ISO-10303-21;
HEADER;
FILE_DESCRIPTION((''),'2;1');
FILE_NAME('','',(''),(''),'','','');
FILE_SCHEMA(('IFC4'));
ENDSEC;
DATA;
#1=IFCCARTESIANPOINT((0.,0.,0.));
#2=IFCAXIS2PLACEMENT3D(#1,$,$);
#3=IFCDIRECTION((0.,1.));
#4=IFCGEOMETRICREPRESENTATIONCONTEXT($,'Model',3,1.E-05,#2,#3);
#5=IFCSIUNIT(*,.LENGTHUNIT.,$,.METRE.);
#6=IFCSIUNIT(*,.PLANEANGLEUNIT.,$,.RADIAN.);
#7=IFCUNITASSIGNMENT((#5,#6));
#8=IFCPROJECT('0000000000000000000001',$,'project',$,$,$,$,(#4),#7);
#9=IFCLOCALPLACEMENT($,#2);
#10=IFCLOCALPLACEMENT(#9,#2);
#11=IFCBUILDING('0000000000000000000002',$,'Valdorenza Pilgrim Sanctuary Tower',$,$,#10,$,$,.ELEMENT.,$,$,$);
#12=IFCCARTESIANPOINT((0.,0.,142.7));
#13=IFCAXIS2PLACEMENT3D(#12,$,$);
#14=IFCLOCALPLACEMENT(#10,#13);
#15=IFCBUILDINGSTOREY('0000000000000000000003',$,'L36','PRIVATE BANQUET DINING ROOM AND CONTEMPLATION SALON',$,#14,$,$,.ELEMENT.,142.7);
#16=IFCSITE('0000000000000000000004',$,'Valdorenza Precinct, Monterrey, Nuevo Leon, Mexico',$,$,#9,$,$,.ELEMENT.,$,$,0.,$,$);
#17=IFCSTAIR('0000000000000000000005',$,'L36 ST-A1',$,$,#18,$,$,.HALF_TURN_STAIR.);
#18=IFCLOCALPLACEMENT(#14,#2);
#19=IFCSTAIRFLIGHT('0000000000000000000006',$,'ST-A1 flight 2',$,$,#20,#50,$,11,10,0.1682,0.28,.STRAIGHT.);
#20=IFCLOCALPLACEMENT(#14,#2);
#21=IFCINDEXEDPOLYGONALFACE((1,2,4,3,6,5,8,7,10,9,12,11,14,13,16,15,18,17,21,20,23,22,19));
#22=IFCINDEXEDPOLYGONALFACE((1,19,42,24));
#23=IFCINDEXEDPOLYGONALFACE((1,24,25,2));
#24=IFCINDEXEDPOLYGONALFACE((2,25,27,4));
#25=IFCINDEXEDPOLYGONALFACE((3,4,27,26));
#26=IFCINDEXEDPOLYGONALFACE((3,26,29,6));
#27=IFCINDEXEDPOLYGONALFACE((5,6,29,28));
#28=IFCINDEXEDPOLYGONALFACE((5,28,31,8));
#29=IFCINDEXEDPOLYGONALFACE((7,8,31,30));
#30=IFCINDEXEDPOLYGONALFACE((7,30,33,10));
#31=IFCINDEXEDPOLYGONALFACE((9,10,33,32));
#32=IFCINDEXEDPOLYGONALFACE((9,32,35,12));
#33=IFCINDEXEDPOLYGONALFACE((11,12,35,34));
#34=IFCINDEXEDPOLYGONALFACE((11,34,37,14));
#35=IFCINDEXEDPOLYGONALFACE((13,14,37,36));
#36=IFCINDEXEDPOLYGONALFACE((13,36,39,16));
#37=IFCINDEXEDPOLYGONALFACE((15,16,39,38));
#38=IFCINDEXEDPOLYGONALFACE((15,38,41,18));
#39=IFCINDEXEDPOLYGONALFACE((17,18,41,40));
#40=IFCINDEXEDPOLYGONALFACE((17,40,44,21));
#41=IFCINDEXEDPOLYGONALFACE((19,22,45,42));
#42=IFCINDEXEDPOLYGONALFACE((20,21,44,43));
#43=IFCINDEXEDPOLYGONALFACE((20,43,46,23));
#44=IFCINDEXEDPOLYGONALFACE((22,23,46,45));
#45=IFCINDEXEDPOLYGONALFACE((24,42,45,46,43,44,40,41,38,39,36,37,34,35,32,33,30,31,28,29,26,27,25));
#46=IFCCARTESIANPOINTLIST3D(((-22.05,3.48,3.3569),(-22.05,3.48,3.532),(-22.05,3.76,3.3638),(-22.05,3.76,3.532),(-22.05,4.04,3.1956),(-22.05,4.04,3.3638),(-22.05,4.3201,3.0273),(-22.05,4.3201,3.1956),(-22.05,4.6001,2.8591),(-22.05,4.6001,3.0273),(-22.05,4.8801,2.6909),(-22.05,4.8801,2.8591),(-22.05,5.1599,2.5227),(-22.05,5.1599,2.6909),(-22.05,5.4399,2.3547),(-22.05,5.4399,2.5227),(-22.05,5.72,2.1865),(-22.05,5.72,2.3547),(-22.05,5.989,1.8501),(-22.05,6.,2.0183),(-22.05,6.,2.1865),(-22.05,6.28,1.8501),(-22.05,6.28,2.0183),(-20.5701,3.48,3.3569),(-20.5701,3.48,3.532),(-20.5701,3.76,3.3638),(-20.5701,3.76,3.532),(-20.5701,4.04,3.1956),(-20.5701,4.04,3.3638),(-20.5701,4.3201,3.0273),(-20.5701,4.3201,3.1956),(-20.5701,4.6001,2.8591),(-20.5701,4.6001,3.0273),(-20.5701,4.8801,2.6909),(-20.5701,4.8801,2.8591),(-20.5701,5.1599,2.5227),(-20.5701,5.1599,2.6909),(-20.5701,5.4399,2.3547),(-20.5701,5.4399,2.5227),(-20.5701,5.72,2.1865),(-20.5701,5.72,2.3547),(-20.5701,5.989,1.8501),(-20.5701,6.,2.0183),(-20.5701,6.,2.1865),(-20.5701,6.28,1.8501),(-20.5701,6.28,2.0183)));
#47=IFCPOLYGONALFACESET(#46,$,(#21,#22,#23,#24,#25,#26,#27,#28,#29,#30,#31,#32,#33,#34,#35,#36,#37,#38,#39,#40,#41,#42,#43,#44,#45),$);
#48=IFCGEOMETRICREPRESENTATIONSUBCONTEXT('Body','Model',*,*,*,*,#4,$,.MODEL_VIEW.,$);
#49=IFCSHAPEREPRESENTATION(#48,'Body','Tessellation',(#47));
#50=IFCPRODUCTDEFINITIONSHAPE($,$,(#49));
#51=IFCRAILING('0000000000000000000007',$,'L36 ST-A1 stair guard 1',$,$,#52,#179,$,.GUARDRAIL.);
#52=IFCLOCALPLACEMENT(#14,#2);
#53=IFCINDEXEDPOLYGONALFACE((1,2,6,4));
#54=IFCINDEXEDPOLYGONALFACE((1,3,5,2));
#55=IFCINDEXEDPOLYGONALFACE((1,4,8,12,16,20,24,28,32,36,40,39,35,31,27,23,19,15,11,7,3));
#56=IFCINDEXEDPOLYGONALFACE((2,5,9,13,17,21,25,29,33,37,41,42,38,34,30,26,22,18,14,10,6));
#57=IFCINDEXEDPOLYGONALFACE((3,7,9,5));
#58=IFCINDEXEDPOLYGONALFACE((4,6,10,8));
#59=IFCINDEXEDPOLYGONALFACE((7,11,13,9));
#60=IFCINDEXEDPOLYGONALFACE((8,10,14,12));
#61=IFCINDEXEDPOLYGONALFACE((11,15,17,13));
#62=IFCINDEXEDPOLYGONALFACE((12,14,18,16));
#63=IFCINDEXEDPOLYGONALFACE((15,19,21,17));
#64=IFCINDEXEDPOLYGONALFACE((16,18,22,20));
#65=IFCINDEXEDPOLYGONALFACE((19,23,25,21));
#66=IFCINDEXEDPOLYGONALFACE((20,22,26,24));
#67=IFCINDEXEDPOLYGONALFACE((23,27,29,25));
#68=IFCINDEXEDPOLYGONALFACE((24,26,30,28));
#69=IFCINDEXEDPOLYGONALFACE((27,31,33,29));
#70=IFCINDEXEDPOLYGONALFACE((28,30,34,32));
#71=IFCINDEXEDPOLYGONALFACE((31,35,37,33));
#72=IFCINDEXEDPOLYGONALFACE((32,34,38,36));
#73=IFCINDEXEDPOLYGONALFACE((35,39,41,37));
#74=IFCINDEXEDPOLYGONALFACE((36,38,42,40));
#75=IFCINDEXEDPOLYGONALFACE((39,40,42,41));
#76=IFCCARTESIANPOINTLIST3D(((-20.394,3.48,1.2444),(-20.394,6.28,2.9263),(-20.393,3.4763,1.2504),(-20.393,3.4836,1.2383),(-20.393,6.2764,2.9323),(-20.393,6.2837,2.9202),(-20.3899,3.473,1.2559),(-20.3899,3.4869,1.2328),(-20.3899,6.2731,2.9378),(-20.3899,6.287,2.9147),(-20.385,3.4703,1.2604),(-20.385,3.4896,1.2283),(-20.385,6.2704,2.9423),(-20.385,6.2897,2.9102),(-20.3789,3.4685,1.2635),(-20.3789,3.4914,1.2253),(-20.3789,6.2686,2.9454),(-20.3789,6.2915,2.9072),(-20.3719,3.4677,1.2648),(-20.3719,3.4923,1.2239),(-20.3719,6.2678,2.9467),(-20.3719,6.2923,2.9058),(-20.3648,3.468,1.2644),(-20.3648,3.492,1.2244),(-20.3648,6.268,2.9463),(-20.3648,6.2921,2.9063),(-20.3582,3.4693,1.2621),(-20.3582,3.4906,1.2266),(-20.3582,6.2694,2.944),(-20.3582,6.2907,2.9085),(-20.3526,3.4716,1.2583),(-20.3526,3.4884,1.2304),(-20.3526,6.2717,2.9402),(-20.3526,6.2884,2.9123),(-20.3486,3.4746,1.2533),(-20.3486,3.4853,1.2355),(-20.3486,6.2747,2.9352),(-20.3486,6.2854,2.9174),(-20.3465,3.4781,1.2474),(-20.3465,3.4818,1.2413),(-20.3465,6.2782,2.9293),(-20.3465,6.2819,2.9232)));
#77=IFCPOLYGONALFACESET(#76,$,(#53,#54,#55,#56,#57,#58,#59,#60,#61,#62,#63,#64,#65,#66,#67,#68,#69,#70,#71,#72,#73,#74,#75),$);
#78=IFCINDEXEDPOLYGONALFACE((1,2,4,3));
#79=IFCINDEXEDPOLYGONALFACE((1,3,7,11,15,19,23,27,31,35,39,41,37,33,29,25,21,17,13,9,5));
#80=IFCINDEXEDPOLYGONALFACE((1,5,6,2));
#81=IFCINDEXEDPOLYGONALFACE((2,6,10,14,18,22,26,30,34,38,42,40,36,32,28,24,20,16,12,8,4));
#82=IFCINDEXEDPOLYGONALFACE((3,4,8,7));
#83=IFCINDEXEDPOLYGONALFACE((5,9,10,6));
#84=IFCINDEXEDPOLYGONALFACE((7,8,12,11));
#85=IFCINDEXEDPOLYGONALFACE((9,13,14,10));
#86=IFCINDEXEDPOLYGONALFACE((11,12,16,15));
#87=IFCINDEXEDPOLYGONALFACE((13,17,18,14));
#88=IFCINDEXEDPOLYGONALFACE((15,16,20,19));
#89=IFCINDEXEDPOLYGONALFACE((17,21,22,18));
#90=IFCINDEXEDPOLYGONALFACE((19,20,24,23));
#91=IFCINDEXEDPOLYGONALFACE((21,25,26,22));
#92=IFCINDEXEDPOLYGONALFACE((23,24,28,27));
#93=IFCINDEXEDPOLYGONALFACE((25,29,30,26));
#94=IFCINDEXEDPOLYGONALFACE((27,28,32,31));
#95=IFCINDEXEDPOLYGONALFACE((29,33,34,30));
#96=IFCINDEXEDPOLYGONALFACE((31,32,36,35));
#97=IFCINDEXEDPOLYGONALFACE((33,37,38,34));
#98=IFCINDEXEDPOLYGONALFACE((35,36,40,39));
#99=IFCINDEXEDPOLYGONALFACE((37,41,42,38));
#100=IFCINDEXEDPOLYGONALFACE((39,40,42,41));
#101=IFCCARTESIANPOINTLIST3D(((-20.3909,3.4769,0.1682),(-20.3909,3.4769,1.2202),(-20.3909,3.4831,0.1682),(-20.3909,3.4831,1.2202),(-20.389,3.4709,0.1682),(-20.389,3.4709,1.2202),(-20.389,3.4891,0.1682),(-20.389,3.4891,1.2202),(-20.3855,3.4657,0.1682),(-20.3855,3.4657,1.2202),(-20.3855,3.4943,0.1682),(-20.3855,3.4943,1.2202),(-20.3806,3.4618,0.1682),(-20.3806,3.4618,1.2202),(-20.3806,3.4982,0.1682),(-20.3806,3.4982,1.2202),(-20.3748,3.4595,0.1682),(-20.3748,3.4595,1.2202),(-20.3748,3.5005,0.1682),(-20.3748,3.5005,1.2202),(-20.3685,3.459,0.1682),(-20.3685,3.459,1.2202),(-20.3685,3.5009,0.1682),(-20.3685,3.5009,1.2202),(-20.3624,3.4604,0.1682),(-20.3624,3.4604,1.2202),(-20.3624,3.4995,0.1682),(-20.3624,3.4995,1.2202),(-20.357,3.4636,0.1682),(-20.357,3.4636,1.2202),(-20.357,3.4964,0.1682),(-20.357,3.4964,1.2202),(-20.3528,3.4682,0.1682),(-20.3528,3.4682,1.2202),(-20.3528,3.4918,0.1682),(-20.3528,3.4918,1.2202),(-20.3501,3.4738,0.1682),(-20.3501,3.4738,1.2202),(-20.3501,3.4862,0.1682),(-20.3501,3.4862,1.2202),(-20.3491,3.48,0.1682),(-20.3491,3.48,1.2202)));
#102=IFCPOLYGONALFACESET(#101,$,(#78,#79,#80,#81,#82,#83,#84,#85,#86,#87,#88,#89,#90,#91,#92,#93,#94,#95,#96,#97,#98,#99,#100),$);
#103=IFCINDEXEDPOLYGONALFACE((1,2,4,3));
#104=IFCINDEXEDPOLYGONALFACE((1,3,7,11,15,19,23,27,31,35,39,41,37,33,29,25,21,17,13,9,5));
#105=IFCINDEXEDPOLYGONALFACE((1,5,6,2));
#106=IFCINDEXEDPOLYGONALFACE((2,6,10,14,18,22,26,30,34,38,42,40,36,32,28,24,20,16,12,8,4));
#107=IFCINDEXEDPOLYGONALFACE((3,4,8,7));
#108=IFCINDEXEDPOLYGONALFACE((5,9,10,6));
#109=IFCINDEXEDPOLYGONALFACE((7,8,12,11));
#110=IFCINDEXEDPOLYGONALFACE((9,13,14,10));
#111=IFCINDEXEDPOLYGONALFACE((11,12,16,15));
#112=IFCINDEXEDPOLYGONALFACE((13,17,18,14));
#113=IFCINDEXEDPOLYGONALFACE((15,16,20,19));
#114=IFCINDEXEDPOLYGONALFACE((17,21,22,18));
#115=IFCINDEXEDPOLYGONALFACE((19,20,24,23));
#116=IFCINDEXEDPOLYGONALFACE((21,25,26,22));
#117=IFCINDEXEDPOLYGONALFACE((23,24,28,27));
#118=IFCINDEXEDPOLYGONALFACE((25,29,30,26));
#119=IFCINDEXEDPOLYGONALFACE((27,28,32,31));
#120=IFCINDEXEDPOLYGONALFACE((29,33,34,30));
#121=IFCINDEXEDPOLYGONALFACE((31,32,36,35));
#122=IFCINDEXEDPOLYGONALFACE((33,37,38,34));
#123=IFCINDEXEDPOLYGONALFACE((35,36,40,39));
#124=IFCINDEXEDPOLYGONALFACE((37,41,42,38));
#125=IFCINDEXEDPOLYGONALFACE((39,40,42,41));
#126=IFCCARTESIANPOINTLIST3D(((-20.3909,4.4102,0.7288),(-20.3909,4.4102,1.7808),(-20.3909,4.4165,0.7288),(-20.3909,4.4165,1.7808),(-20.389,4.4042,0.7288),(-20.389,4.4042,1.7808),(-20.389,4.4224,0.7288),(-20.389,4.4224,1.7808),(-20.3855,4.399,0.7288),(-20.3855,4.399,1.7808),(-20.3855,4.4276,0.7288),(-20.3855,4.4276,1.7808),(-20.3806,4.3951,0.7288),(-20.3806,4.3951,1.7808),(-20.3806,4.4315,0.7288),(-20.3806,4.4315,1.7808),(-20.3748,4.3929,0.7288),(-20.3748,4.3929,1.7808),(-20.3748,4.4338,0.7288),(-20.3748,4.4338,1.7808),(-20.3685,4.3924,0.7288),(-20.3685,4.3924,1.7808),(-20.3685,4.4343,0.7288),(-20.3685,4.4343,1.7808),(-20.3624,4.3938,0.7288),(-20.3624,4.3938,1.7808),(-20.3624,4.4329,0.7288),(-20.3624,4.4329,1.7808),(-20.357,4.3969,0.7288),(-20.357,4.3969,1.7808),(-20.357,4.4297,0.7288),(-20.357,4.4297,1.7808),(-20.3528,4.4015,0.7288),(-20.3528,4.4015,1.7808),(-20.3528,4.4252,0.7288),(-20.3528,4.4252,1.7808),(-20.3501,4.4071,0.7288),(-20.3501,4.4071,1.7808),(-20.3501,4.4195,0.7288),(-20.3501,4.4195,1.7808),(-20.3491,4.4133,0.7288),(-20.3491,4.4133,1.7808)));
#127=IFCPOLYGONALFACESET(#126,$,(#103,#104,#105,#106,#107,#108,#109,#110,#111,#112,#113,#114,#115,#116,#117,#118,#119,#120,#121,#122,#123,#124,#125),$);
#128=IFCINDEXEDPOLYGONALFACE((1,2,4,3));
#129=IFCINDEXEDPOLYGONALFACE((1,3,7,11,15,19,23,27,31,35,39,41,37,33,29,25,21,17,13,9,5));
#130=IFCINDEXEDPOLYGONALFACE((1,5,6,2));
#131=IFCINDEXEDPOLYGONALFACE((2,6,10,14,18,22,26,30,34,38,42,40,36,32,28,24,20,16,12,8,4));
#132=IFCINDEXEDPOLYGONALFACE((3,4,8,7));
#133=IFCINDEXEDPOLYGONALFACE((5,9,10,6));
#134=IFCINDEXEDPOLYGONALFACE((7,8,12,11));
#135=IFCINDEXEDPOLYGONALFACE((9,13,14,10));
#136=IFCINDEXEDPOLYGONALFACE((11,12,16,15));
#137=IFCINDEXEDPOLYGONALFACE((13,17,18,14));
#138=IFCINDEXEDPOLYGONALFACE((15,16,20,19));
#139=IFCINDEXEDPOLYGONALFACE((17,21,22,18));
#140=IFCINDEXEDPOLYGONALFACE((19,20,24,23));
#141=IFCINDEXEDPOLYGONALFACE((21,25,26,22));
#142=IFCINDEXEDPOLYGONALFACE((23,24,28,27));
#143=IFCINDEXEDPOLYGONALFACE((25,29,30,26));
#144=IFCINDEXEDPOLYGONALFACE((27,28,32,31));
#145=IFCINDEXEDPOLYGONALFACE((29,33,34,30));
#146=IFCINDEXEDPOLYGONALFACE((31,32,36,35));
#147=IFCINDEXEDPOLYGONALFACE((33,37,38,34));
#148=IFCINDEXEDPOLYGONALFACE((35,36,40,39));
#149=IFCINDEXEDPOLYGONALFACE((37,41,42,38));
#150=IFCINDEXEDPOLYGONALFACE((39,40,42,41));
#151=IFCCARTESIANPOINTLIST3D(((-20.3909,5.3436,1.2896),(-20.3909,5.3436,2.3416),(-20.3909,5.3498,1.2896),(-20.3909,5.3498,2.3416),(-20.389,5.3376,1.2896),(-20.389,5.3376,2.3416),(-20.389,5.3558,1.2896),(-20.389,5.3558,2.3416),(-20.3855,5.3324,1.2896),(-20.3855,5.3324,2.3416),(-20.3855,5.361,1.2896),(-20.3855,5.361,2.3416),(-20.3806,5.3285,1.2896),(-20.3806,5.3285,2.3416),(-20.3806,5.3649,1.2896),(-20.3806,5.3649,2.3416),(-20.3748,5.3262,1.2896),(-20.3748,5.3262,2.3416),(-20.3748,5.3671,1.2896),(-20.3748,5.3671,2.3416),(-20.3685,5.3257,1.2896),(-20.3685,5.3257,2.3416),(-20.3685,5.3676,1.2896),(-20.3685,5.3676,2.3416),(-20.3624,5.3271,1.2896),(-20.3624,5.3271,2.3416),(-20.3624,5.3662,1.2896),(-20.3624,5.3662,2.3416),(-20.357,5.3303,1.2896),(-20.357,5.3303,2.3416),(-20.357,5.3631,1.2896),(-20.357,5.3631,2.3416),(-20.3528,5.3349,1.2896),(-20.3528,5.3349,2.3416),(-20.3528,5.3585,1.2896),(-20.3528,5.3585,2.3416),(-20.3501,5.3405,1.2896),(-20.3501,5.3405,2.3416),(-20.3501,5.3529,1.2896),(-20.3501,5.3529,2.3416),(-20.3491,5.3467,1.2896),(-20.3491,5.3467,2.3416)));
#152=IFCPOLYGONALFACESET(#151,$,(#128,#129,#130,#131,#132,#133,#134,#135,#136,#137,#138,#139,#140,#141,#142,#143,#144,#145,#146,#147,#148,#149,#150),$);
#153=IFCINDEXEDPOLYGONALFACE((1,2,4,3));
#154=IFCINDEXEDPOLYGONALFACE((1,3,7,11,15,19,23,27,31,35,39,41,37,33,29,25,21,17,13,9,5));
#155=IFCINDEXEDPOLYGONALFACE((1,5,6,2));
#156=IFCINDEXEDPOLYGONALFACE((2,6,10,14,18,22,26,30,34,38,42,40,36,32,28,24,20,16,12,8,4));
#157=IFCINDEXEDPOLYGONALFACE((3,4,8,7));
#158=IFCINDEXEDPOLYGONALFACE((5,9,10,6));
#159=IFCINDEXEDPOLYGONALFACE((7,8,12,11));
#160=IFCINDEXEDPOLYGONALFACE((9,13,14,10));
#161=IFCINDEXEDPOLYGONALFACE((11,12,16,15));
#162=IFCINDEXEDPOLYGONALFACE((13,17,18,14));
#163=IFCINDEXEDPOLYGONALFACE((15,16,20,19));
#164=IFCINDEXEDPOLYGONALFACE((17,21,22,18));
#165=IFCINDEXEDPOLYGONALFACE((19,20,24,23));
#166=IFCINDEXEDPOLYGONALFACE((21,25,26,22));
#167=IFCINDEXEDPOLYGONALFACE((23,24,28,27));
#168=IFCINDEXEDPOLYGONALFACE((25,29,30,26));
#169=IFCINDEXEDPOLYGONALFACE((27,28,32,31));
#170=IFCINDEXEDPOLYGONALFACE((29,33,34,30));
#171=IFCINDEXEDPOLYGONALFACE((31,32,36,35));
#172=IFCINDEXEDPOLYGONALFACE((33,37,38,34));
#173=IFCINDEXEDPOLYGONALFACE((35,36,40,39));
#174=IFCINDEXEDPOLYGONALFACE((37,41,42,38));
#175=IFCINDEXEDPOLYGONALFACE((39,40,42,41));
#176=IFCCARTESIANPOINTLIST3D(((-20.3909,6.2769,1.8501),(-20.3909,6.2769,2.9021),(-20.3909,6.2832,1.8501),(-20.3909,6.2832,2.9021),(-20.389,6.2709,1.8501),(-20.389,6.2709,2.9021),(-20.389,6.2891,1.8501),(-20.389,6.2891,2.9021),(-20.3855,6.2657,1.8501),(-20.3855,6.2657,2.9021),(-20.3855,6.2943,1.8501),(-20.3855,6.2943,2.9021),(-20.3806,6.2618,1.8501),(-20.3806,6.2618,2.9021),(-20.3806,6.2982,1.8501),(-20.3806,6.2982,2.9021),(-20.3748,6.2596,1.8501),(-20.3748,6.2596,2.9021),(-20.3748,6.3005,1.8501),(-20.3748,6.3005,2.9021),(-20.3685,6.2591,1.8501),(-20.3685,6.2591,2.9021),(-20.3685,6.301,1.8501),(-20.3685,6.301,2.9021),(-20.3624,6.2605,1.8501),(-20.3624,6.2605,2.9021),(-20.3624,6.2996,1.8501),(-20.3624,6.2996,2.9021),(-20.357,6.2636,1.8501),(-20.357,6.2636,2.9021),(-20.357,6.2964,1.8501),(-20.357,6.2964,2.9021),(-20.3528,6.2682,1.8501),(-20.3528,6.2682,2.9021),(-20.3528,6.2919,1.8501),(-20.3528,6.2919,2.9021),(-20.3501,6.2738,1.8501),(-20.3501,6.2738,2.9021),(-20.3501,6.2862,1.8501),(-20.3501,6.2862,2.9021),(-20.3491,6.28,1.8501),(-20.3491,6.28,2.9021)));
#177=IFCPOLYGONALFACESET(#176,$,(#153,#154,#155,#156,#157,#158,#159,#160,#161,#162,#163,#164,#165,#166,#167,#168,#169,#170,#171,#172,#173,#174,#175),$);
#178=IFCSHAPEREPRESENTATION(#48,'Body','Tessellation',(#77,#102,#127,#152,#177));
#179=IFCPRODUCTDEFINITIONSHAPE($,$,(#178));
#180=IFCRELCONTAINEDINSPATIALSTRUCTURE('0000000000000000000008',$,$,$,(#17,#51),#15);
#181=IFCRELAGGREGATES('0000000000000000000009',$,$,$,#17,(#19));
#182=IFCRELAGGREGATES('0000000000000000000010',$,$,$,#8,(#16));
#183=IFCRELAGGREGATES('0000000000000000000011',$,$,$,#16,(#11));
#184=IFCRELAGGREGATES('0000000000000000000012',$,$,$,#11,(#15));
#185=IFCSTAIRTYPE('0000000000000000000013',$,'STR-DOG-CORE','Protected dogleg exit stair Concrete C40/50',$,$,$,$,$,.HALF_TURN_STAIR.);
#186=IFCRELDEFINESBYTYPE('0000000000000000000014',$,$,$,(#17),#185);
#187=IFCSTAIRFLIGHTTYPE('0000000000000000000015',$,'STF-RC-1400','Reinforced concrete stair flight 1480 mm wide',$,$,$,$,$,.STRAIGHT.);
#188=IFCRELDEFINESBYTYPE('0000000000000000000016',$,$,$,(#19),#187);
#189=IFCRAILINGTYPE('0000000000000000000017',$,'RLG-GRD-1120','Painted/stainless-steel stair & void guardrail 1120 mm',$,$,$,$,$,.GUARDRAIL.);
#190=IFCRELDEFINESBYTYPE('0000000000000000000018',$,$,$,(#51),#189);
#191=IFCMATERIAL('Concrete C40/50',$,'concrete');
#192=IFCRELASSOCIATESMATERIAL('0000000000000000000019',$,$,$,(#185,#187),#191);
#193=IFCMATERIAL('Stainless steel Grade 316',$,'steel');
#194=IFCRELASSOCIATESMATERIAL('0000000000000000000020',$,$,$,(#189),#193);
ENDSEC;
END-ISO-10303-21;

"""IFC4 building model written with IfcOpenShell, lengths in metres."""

from ifc_helpers import new_model, si_unit, direction, frame, origin, origin_2d, place, context, subcontext, project, spatial, polyline, circle, outline, extrude, material, type_object, element, aggregate, save


model = new_model("IFC4")

# Units and contexts
model_context = context("Model", 3, precision=1e-05, world=origin(), true_north=direction((0.0, 1.0)))
body_context = subcontext(model_context, "Body", "Model", "MODEL_VIEW")
ifc_project = project(units=[si_unit("LENGTHUNIT", "METRE"), si_unit("PLANEANGLEUNIT", "RADIAN")], contexts=[model_context])

# Site, building, storey
site_placement = place(None, origin())
site = spatial("IfcSite", under=ifc_project, at=site_placement, Name="Valdorenza Precinct, Monterrey, Nuevo Leon, Mexico", CompositionType="ELEMENT", RefElevation=0.0)
building_placement = place(site_placement, origin())
building = spatial("IfcBuilding", under=site, at=building_placement, Name="Valdorenza Pilgrim Sanctuary Tower", CompositionType="ELEMENT")
storey_placement = place(building_placement, frame((0.0, 0.0, 142.7)))
storey = spatial("IfcBuildingStorey", under=building, at=storey_placement, Name="L36", Description="PRIVATE BANQUET DINING ROOM AND CONTEMPLATION SALON", CompositionType="ELEMENT", Elevation=142.7)

# Shared definitions
ifc_material_1 = material(Name="Concrete C40/50", Category="concrete")

# Stair, stair flight
stair_type = type_object("IfcStairType", Name="STR-DOG-CORE", Description="Protected dogleg exit stair Concrete C40/50", PredefinedType="HALF_TURN_STAIR", material=ifc_material_1)
stair_placement = place(storey_placement, origin())
stair = element("IfcStair", 1, at=stair_placement, inside=storey, type_object=stair_type, Name="L36 ST-A1", PredefinedType="HALF_TURN_STAIR")
stair_flight_type = type_object("IfcStairFlightType", Name="STF-RC-1400", Description="Reinforced concrete stair flight 1480 mm wide", PredefinedType="STRAIGHT", material=ifc_material_1)
stair_flight_1_placement = place(storey_placement, frame((-21.3101, 6.28, 1.8501), z_axis=(0.0, 0.0, 1.0), x_axis=(0.0, -1.0, 0.0)))
stair_flight_1 = element("IfcStairFlight", 2, at=stair_flight_1_placement, type_object=stair_flight_type, Name="ST-A1 flight 2", NumberOfRisers=11, NumberOfTreads=10, PredefinedType="STRAIGHT", RiserHeight=0.1682, TreadLength=0.28, context=body_context, shape_type="SweptSolid", body=[
    extrude(outline(polyline([(0.0, 0.0), (0.0, 0.1682), (0.28, 0.1682), (0.28, 0.3364), (0.5601, 0.3364), (0.5601, 0.5046), (0.8401, 0.5046), (0.8401, 0.6726), (1.1201, 0.6726), (1.1201, 0.8408), (1.3999, 0.8408), (1.3999, 1.009), (1.6799, 1.009), (1.6799, 1.1772), (1.96, 1.1772), (1.96, 1.3455), (2.24, 1.3455), (2.24, 1.5137), (2.52, 1.5137), (2.52, 1.6819), (2.8, 1.6819), (2.8, 1.8501), (2.8, 1.5068), (0.291, 0.0), (0.0, 0.0)])), frame((0.0, 0.74, 0.0), z_axis=(0.0, -1.0, 0.0), x_axis=(1.0, 0.0, 0.0)), (0.0, 0.0, 1.0), 1.48),
])
aggregate(stair, [stair_flight_1])

# Railing
ifc_material_2 = material(Name="Stainless steel Grade 316", Category="steel")
railing_type_1 = type_object("IfcRailingType", Name="RLG-GRD-1120", Description="Painted/stainless-steel stair & void guardrail 1120 mm", PredefinedType="GUARDRAIL", material=ifc_material_2)
railing_1_placement = place(storey_placement, frame((-20.3701, 3.48, 0.1682)))
element("IfcRailing", 3, at=railing_1_placement, inside=storey, type_object=railing_type_1, Name="L36 ST-A1 stair guard 1", PredefinedType="GUARDRAIL", context=body_context, shape_type="SweptSolid", body=[
    extrude(circle(Radius=0.0239, at=origin_2d()), frame((0.0, 0.0, 1.0762), z_axis=(0.0, 0.857242, 0.514913), x_axis=(-1.0, 0.0, 0.0)), (0.0, 0.0, 1.0), 3.2664),
    extrude(circle(Radius=0.021, at=origin_2d()), origin(), (0.0, 0.0, 1.0), 1.052),
    extrude(circle(Radius=0.021, at=origin_2d()), frame((0.0, 0.9333, 0.5605)), (0.0, 0.0, 1.0), 1.052),
    extrude(circle(Radius=0.021, at=origin_2d()), frame((0.0, 1.8667, 1.1213)), (0.0, 0.0, 1.0), 1.052),
    extrude(circle(Radius=0.021, at=origin_2d()), frame((0.0, 2.8, 1.6819)), (0.0, 0.0, 1.0), 1.052),
])

save(model, "model.ifc")
